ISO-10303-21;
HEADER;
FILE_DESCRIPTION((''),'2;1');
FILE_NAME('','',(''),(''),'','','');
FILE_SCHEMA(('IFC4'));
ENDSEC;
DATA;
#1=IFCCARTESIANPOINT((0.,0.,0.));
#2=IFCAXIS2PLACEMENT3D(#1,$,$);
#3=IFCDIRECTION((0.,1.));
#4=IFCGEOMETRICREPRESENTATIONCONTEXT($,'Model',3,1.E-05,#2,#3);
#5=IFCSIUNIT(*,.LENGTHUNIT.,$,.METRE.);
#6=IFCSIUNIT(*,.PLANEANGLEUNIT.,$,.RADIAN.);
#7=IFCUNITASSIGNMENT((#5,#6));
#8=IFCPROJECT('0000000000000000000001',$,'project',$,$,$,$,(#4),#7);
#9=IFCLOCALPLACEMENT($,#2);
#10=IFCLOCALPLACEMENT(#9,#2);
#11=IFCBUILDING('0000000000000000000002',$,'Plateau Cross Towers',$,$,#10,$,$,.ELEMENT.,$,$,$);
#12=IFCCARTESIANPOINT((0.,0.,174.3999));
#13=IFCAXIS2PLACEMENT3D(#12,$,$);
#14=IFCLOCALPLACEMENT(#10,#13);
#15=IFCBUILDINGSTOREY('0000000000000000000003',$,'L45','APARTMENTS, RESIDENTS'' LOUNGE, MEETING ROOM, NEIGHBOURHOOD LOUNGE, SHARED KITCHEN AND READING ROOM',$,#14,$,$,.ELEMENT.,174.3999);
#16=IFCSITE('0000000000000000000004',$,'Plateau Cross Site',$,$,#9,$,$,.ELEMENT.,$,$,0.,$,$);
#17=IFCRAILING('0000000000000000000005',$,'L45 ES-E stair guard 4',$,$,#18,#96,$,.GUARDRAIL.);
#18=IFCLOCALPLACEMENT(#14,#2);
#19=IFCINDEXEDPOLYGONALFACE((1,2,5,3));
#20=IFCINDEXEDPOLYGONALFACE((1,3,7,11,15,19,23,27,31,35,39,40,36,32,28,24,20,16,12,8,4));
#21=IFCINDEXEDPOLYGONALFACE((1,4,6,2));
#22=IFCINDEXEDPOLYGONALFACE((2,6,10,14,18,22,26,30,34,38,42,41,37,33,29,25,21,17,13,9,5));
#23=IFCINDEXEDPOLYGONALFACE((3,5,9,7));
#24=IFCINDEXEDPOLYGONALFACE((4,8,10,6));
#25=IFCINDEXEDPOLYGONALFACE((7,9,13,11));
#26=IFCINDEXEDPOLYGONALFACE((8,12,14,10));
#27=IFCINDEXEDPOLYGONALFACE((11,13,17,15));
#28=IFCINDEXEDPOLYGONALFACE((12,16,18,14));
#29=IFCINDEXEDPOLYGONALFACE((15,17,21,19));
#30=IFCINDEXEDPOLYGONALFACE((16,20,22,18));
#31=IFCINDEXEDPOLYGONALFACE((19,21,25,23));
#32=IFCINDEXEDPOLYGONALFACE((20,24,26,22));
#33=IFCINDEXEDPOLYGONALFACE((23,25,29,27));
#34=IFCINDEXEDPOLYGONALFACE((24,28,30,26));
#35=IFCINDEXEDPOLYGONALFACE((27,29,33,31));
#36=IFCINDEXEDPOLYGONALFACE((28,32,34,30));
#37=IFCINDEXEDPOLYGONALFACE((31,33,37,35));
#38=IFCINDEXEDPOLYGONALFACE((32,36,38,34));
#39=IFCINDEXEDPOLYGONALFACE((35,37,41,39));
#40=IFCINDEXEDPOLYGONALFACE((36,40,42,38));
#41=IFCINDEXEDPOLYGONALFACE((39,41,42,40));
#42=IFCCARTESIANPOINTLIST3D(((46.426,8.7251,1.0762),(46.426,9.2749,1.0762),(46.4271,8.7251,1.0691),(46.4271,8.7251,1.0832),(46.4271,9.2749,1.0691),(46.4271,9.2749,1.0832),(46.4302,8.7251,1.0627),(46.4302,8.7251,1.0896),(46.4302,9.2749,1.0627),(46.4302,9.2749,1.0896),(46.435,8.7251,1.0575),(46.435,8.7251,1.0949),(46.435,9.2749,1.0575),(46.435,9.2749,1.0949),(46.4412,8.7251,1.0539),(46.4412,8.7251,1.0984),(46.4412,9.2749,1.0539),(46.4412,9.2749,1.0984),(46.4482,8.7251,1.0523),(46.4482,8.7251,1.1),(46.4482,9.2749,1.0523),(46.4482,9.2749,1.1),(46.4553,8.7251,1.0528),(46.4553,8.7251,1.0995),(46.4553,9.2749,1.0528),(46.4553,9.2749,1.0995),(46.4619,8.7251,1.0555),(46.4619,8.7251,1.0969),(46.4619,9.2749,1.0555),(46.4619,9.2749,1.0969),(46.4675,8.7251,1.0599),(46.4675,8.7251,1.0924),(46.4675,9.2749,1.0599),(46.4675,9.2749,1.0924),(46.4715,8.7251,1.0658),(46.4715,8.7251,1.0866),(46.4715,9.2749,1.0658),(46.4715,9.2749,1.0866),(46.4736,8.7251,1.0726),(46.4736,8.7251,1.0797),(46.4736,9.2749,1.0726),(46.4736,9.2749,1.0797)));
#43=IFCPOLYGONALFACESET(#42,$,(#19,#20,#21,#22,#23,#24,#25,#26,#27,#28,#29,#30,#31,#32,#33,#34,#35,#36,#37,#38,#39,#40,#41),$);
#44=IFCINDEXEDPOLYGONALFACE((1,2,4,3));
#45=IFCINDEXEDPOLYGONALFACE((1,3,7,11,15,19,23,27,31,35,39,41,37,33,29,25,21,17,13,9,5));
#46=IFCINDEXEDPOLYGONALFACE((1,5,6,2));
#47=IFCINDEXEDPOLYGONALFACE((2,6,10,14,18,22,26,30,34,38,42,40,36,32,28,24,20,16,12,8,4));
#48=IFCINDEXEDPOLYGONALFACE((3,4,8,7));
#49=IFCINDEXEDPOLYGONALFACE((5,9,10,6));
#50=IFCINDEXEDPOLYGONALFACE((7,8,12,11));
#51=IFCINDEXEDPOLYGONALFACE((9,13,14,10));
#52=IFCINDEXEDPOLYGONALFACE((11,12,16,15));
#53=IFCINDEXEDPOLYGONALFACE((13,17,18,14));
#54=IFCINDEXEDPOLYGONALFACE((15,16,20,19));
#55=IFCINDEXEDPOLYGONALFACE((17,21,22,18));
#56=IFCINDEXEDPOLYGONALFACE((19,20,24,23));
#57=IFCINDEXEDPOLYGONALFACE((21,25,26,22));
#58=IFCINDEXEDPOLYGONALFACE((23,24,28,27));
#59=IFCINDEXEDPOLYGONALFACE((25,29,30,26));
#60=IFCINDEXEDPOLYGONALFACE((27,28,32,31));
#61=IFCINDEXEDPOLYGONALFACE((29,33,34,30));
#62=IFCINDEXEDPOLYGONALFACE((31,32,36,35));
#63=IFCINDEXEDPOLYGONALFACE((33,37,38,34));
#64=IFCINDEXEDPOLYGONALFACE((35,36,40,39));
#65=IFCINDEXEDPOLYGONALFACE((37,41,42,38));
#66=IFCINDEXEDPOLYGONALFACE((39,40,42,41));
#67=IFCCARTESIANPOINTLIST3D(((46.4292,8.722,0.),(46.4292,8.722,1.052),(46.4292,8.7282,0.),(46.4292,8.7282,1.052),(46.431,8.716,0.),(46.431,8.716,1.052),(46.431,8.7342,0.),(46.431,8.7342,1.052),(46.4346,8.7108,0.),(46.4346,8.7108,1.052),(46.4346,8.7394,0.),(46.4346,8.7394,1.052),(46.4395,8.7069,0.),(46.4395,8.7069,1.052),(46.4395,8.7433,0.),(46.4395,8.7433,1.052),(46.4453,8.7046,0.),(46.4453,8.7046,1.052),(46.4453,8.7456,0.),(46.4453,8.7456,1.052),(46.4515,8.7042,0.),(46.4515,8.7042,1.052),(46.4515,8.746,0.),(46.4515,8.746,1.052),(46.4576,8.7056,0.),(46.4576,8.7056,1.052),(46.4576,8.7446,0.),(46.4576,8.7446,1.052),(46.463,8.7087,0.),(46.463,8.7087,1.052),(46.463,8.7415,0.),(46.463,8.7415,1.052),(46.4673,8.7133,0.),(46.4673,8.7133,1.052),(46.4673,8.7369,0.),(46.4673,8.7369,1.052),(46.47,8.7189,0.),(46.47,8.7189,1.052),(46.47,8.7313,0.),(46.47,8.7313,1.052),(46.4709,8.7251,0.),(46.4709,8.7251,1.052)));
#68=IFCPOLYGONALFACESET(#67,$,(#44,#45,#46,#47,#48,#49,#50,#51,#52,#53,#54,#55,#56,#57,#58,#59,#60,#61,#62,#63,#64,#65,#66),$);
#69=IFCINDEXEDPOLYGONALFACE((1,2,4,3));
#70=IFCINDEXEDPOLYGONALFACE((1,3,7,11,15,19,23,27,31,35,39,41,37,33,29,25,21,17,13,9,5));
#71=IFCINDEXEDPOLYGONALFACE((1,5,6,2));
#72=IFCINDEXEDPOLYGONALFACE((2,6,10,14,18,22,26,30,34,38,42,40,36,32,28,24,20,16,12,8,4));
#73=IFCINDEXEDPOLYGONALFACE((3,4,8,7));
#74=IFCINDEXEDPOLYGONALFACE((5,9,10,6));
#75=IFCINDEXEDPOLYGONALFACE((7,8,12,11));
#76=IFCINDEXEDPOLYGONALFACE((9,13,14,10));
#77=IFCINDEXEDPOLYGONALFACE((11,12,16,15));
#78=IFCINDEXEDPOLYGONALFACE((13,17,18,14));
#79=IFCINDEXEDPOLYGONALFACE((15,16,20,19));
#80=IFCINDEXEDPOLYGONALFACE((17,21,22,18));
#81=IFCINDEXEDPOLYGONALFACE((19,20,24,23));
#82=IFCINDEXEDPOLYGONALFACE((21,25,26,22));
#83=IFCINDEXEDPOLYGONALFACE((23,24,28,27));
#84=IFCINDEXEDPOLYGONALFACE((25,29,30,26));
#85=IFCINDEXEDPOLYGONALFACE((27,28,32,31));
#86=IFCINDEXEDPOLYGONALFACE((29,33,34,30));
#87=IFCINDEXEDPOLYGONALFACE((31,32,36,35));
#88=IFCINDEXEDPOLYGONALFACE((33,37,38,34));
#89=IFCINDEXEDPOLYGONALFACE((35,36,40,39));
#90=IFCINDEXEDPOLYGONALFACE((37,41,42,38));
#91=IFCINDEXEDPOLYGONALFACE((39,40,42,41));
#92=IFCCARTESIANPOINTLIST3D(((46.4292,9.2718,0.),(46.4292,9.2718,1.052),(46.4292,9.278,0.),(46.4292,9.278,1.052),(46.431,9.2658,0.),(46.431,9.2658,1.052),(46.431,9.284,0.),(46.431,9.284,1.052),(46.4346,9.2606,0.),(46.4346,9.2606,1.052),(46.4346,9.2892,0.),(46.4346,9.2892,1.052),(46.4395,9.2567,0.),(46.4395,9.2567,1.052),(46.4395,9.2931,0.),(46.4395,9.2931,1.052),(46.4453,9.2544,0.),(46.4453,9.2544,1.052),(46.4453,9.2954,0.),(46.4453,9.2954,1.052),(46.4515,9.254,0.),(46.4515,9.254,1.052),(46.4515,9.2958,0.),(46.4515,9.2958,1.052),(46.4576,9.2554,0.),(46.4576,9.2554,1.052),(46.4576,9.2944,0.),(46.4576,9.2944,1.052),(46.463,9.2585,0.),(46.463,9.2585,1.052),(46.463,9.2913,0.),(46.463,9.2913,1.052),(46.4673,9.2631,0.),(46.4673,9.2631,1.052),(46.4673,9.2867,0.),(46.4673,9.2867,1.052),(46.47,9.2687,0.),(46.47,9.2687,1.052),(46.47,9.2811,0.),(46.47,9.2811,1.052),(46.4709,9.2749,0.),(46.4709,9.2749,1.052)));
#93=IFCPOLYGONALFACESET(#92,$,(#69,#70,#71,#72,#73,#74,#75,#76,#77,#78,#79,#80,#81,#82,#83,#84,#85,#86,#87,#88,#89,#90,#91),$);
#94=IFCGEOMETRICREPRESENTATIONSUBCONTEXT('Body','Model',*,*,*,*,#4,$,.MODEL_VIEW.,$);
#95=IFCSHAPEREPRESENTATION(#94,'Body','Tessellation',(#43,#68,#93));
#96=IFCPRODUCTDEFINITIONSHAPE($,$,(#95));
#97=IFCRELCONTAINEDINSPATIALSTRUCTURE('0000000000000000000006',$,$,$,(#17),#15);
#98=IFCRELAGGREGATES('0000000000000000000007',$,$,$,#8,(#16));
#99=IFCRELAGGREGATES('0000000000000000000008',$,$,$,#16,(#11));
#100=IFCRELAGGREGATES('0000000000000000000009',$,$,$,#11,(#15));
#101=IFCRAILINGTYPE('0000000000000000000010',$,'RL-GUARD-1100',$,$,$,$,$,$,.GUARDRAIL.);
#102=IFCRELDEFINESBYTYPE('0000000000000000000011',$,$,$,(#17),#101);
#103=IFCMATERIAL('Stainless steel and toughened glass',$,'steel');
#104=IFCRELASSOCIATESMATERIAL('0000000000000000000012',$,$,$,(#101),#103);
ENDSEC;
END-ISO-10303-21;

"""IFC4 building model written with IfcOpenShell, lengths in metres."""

from ifc_helpers import new_model, si_unit, direction, frame, origin, origin_2d, place, context, subcontext, project, spatial, circle, extrude, material, type_object, element, save


model = new_model("IFC4")

# Units and contexts
model_context = context("Model", 3, precision=1e-05, world=origin(), true_north=direction((0.0, 1.0)))
body_context = subcontext(model_context, "Body", "Model", "MODEL_VIEW")
ifc_project = project(units=[si_unit("LENGTHUNIT", "METRE"), si_unit("PLANEANGLEUNIT", "RADIAN")], contexts=[model_context])

# Site, building, storey
site_placement = place(None, origin())
site = spatial("IfcSite", under=ifc_project, at=site_placement, Name="Plateau Cross Site", CompositionType="ELEMENT", RefElevation=0.0)
building_placement = place(site_placement, origin())
building = spatial("IfcBuilding", under=site, at=building_placement, Name="Plateau Cross Towers", CompositionType="ELEMENT")
storey_placement = place(building_placement, frame((0.0, 0.0, 174.3999)))
storey = spatial("IfcBuildingStorey", under=building, at=storey_placement, Name="L45", Description="APARTMENTS, RESIDENTS' LOUNGE, MEETING ROOM, NEIGHBOURHOOD LOUNGE, SHARED KITCHEN AND READING ROOM", CompositionType="ELEMENT", Elevation=174.3999)

# Railing
ifc_material_1 = material(Name="Stainless steel and toughened glass", Category="steel")
railing_type_1 = type_object("IfcRailingType", Name="RL-GUARD-1100", PredefinedType="GUARDRAIL", material=ifc_material_1)
railing_1_placement = place(storey_placement, frame((46.45, 8.7251, 0.0)))
element("IfcRailing", 1, at=railing_1_placement, inside=storey, type_object=railing_type_1, Name="L45 ES-E stair guard 4", PredefinedType="GUARDRAIL", context=body_context, shape_type="SweptSolid", body=[
    extrude(circle(Radius=0.0239, at=origin_2d()), frame((0.0, 0.0, 1.0762), z_axis=(0.0, 1.0, 0.0), x_axis=(-1.0, 0.0, 0.0)), (0.0, 0.0, 1.0), 0.5498),
    extrude(circle(Radius=0.021, at=origin_2d()), origin(), (0.0, 0.0, 1.0), 1.052),
    extrude(circle(Radius=0.021, at=origin_2d()), frame((0.0, 0.5498, 0.0)), (0.0, 0.0, 1.0), 1.052),
])

save(model, "model.ifc")
